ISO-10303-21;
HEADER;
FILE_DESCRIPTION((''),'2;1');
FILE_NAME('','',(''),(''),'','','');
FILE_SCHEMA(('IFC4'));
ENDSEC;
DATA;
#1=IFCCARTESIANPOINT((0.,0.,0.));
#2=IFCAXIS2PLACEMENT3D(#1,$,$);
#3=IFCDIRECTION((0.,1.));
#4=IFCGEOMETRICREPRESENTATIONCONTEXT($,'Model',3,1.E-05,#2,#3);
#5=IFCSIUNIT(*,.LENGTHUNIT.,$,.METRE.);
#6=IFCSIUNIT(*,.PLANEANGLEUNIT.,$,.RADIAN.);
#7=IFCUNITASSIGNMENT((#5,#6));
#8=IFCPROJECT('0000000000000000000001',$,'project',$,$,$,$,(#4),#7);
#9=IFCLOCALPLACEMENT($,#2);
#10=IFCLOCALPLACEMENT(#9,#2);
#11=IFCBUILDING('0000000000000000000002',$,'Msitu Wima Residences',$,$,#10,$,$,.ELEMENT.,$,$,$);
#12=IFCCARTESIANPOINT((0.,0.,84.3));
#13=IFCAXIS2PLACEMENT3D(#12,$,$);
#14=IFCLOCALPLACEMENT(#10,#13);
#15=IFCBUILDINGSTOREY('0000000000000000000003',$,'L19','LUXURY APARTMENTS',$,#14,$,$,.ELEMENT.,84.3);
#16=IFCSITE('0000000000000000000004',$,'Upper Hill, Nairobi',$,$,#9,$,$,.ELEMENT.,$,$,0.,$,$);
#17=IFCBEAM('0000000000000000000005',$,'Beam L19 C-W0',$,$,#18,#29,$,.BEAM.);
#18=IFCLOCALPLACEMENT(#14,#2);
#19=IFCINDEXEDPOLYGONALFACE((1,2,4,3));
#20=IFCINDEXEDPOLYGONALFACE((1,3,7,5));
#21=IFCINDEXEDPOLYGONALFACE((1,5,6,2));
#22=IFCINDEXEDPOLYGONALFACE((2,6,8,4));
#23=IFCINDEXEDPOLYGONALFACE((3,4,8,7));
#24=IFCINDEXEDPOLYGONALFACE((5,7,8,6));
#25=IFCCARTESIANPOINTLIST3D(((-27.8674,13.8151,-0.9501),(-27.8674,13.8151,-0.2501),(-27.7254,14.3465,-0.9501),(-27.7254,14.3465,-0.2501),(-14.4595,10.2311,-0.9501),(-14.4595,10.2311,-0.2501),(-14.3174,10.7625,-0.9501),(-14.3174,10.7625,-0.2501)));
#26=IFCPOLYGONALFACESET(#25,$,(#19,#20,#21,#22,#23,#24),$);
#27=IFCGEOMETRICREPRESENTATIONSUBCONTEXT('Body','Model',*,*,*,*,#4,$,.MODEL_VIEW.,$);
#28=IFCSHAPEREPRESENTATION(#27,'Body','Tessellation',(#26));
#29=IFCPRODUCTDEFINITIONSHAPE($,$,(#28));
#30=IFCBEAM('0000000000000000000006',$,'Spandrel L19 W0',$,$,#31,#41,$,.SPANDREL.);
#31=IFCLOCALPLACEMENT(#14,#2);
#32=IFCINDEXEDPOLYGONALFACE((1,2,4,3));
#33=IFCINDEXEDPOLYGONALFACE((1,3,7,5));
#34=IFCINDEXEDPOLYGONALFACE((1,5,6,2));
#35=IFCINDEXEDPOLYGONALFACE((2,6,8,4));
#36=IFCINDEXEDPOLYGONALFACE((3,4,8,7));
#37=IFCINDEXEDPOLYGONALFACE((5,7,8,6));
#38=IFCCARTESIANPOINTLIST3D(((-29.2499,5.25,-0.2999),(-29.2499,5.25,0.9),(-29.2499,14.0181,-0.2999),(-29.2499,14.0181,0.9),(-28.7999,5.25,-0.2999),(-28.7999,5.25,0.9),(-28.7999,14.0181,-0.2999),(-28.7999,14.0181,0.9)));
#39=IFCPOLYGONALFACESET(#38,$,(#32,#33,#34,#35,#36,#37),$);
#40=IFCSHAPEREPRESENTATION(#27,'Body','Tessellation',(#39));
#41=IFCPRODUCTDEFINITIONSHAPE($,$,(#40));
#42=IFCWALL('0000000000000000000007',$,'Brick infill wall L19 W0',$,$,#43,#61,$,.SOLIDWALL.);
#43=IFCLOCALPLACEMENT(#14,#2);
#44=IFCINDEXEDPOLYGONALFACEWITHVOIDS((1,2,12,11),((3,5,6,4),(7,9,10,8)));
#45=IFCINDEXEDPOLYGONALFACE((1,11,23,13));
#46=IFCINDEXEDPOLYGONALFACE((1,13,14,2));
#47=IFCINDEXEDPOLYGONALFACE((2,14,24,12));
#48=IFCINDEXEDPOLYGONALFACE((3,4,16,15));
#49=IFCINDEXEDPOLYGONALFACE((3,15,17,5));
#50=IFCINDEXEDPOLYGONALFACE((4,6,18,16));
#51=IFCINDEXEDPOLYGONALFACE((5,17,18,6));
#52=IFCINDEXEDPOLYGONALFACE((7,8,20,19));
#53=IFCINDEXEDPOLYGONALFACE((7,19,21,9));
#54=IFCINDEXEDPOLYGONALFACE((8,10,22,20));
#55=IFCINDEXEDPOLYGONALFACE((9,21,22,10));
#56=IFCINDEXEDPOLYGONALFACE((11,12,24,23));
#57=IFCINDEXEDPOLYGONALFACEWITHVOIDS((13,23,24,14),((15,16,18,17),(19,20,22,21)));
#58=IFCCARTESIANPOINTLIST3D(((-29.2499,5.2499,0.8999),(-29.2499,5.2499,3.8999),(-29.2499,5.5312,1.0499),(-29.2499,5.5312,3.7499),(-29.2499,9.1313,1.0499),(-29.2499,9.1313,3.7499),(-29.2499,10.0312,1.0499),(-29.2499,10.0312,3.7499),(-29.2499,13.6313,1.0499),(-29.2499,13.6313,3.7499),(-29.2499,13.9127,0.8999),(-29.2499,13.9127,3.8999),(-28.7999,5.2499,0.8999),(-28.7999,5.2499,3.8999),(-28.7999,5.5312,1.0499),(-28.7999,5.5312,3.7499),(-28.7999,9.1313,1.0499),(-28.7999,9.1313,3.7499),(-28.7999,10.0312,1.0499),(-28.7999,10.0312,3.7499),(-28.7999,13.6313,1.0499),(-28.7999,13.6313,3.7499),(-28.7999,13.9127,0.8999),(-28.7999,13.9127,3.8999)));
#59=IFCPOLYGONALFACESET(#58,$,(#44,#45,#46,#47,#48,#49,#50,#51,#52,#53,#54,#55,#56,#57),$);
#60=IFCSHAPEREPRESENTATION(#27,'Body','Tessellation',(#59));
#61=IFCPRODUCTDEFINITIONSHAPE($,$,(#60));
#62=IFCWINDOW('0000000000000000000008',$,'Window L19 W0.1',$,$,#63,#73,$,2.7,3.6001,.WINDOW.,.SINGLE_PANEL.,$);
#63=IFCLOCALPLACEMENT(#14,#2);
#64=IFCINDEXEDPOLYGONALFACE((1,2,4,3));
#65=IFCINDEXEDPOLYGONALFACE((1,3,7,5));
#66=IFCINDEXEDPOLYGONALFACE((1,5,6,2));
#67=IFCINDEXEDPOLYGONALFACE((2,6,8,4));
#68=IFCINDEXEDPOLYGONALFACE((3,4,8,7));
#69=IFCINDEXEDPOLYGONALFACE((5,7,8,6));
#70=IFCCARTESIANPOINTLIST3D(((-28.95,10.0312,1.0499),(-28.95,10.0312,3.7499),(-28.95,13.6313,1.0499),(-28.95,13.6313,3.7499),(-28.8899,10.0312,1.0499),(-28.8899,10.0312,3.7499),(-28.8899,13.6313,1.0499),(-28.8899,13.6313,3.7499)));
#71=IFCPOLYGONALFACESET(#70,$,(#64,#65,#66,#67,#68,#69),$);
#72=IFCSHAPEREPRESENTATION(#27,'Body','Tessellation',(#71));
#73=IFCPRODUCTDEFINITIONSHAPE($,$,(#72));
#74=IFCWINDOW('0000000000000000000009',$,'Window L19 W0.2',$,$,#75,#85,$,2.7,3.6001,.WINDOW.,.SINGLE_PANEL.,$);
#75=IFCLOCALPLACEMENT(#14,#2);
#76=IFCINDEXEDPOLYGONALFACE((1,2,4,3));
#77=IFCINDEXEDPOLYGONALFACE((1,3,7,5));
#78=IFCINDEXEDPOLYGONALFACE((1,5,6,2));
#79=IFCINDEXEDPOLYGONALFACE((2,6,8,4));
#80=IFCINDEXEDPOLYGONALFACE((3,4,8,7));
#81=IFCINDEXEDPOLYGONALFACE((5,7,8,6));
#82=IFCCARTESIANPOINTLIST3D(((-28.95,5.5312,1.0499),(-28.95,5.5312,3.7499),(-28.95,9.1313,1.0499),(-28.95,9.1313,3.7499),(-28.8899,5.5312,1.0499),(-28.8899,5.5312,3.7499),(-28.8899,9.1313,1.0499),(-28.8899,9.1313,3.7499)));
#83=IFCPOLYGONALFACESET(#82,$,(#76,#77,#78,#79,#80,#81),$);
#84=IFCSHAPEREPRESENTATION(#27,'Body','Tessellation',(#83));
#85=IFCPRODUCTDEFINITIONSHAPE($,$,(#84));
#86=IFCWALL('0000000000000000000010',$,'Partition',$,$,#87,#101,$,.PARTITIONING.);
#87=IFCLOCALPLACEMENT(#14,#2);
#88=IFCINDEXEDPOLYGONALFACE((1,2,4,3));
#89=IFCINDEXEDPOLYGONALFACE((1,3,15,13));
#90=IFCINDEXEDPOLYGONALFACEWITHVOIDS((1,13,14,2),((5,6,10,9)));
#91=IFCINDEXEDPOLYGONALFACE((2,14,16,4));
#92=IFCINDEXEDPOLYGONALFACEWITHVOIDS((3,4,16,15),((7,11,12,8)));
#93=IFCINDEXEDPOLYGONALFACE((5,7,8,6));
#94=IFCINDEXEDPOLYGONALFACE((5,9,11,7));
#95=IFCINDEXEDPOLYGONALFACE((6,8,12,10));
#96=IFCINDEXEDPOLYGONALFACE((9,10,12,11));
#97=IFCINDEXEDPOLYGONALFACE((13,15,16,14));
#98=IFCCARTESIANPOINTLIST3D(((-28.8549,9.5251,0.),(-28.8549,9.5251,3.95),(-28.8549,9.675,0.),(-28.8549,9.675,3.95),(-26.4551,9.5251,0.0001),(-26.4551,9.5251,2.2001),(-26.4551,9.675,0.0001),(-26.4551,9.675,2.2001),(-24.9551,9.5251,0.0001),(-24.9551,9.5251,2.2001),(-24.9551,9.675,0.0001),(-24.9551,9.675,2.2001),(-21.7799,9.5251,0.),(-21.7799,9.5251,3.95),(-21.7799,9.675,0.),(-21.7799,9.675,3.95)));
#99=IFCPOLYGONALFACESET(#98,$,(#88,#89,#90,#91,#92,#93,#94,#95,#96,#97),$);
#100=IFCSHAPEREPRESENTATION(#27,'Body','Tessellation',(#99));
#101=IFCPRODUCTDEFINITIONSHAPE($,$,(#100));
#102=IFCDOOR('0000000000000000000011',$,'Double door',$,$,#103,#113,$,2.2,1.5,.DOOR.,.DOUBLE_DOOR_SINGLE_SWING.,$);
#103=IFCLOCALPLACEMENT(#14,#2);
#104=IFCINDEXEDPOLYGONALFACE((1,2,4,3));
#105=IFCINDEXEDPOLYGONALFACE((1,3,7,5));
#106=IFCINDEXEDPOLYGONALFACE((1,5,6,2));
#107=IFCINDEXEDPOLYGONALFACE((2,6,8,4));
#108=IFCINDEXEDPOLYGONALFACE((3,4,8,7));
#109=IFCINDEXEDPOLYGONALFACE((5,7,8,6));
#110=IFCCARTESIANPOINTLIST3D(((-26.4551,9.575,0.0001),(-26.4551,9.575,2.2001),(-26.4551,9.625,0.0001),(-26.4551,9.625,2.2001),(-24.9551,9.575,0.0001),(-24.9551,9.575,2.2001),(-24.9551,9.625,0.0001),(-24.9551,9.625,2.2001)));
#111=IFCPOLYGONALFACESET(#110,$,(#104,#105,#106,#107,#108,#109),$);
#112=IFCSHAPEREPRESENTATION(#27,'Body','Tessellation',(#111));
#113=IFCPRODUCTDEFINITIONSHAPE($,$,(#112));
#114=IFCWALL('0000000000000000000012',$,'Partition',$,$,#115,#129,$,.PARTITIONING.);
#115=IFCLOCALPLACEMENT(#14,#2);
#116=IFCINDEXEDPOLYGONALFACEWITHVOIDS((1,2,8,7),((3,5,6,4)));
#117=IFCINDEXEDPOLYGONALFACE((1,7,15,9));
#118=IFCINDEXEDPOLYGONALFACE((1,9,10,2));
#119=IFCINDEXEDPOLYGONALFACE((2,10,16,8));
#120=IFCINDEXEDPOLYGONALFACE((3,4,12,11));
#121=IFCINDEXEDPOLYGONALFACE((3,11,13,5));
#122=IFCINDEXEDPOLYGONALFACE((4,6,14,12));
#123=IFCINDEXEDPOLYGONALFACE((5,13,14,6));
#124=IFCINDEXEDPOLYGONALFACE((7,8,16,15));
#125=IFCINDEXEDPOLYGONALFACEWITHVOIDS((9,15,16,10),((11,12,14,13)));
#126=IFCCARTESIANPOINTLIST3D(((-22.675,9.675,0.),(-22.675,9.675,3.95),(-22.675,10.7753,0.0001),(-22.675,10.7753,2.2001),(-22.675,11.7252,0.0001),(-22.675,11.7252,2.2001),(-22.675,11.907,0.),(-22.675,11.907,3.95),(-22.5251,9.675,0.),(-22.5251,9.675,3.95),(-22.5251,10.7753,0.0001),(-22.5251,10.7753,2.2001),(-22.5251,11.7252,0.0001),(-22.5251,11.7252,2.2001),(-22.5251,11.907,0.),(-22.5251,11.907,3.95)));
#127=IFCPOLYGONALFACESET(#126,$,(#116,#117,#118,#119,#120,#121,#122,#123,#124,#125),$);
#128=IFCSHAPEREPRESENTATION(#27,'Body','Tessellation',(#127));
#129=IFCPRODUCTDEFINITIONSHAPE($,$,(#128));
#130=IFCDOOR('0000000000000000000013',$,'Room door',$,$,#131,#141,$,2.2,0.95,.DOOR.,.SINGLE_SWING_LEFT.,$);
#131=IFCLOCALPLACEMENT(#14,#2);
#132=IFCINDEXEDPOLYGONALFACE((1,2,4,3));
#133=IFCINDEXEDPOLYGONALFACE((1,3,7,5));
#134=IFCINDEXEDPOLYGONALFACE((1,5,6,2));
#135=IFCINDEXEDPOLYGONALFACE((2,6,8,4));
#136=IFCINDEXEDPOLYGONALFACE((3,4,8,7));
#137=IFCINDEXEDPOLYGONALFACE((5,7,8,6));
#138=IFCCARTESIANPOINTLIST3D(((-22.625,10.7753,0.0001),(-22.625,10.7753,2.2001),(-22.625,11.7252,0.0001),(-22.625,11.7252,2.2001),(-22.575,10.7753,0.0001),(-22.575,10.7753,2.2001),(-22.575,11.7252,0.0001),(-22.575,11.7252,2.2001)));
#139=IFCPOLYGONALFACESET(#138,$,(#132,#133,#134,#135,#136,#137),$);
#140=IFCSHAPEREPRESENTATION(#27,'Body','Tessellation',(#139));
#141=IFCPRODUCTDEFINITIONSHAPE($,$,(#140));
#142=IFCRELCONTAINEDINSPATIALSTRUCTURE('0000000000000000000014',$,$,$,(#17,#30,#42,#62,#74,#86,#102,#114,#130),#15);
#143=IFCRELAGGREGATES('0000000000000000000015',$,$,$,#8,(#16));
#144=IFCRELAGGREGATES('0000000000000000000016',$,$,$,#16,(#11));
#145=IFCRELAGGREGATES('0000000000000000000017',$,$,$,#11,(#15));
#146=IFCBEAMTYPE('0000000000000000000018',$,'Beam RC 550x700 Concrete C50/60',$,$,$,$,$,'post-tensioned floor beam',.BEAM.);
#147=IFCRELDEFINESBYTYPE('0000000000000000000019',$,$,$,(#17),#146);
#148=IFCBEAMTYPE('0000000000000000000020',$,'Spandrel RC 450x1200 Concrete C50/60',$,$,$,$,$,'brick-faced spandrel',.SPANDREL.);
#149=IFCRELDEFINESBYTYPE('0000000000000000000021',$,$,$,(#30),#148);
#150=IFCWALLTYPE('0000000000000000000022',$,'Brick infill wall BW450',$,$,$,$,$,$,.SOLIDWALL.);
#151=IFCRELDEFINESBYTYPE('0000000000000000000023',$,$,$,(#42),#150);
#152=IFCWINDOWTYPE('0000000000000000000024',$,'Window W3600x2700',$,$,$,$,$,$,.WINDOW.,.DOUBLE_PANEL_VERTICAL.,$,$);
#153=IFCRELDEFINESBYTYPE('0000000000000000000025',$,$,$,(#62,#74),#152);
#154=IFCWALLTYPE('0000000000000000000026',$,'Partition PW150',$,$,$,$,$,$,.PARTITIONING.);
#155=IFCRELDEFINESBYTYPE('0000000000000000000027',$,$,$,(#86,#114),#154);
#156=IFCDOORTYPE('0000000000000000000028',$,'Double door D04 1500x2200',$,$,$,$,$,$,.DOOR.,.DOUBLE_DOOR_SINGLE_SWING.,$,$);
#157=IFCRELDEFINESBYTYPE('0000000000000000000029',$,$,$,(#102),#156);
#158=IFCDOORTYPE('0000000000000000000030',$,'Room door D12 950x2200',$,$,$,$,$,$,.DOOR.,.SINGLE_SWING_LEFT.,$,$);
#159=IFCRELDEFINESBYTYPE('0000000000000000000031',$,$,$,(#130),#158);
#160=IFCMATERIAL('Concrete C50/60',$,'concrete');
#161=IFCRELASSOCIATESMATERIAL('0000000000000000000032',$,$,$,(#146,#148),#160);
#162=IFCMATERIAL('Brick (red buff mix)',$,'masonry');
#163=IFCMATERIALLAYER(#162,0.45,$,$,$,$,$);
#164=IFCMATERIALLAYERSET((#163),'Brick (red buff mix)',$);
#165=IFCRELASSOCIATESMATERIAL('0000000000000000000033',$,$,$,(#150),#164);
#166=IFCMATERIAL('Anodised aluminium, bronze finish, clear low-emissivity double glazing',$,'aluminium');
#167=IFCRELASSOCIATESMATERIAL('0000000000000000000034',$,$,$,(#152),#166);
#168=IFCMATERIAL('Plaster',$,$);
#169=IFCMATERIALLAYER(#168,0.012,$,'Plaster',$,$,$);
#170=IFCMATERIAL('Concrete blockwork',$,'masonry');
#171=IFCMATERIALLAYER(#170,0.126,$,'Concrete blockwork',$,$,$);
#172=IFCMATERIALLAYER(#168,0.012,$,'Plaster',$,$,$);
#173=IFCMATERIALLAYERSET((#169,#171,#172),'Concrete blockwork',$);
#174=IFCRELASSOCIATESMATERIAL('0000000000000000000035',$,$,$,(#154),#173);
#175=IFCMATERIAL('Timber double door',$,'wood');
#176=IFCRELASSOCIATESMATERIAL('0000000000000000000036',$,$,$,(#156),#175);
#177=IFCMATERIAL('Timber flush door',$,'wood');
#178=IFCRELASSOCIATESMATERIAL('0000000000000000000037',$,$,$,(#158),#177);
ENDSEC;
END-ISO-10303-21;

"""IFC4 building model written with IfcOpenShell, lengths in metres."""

from ifc_helpers import new_model, si_unit, direction, frame, frame_2d, origin, origin_2d, place, context, subcontext, project, spatial, rectangle, extrude, material, layer, layer_set, material_profile, profile_set, type_object, element, fill, save


model = new_model("IFC4")

# Units and contexts
model_context = context("Model", 3, precision=1e-05, world=origin(), true_north=direction((0.0, 1.0)))
body_context = subcontext(model_context, "Body", "Model", "MODEL_VIEW")
ifc_project = project(units=[si_unit("LENGTHUNIT", "METRE"), si_unit("PLANEANGLEUNIT", "RADIAN")], contexts=[model_context])

# Site, building, storey
site_placement = place(None, origin())
site = spatial("IfcSite", under=ifc_project, at=site_placement, Name="Upper Hill, Nairobi", CompositionType="ELEMENT", RefElevation=0.0)
building_placement = place(site_placement, origin())
building = spatial("IfcBuilding", under=site, at=building_placement, Name="Msitu Wima Residences", CompositionType="ELEMENT")
storey_placement = place(building_placement, frame((0.0, 0.0, 84.3)))
storey = spatial("IfcBuildingStorey", under=building, at=storey_placement, Name="L19", Description="LUXURY APARTMENTS", CompositionType="ELEMENT", Elevation=84.3)

# Beams
ifc_material_1 = material(Name="Concrete C50/60", Category="concrete")
ifc_material_profile_1 = material_profile(ifc_material_1, rectangle(XDim=0.55, YDim=0.7, at=origin_2d()), Name="RC 550x700")
ifc_profile_set_1 = profile_set([ifc_material_profile_1], Name="Concrete C50/60")
beam_type_1 = type_object("IfcBeamType", Name="Beam RC 550x700 Concrete C50/60", ElementType="post-tensioned floor beam", PredefinedType="BEAM", material=ifc_profile_set_1)
beam_1_placement = place(storey_placement, frame((-27.7964, 14.0808, -0.6001), z_axis=(0.966082, -0.258236, 0.0), x_axis=(0.258236, 0.966082, 0.0)))
element("IfcBeam", 1, at=beam_1_placement, inside=storey, type_object=beam_type_1, Name="Beam L19 C-W0", PredefinedType="BEAM", context=body_context, shape_type="SweptSolid", body=[
    extrude(rectangle(XDim=0.55, YDim=0.7, at=origin_2d()), origin(), (0.0, 0.0, 1.0), 13.8787),
])
ifc_material_profile_2 = material_profile(ifc_material_1, rectangle(XDim=0.45, YDim=1.2, at=origin_2d()), Name="RC 450x1200")
ifc_profile_set_2 = profile_set([ifc_material_profile_2], Name="Concrete C50/60")
beam_type_2 = type_object("IfcBeamType", Name="Spandrel RC 450x1200 Concrete C50/60", ElementType="brick-faced spandrel", PredefinedType="SPANDREL", material=ifc_profile_set_2)
beam_2_placement = place(storey_placement, frame((-29.0249, 14.0181, 0.3), z_axis=(0.0, -1.0, 0.0), x_axis=(1.0, 0.0, 0.0)))
element("IfcBeam", 2, at=beam_2_placement, inside=storey, type_object=beam_type_2, Name="Spandrel L19 W0", PredefinedType="SPANDREL", context=body_context, shape_type="SweptSolid", body=[
    extrude(rectangle(XDim=0.45, YDim=1.2, at=origin_2d()), origin(), (0.0, 0.0, 1.0), 8.7681),
])

# Wall, openings, windows
ifc_material_2 = material(Name="Brick (red buff mix)", Category="masonry")
ifc_layer_1 = layer(ifc_material_2, 0.45)
ifc_layer_set_1 = layer_set([ifc_layer_1], Name="Brick (red buff mix)")
wall_type_1 = type_object("IfcWallType", Name="Brick infill wall BW450", PredefinedType="SOLIDWALL", material=ifc_layer_set_1)
wall_1_placement = place(storey_placement, frame((-29.0249, 13.9128, 0.8999), z_axis=(0.0, 0.0, 1.0), x_axis=(0.0, -1.0, 0.0)))
wall_1 = element("IfcWall", 3, at=wall_1_placement, inside=storey, type_object=wall_type_1, Name="Brick infill wall L19 W0", PredefinedType="SOLIDWALL", context=body_context, shape_type="SweptSolid", body=[
    extrude(rectangle(XDim=8.6628, YDim=0.45, at=frame_2d((4.3315, 0.0))), origin(), (0.0, 0.0, 1.0), 3.0),
])
opening_1_placement = place(wall_1_placement, frame((0.2815, 0.0, 0.1499)))
opening_1 = element("IfcOpeningElement", 4, at=opening_1_placement, cuts=wall_1, PredefinedType="OPENING", context=body_context, shape_type="SweptSolid", body=[
    extrude(rectangle(XDim=3.6001, YDim=2.7, at=frame_2d((1.8, 1.3501))), frame((0.0, 0.2349, 0.0), z_axis=(0.0, -1.0, 0.0), x_axis=(1.0, 0.0, 0.0)), (0.0, 0.0, 1.0), 0.47),
])
opening_2_placement = place(wall_1_placement, frame((4.7815, 0.0, 0.1499)))
opening_2 = element("IfcOpeningElement", 5, at=opening_2_placement, cuts=wall_1, PredefinedType="OPENING", context=body_context, shape_type="SweptSolid", body=[
    extrude(rectangle(XDim=3.6001, YDim=2.7, at=frame_2d((1.8, 1.3501))), frame((0.0, 0.2349, 0.0), z_axis=(0.0, -1.0, 0.0), x_axis=(1.0, 0.0, 0.0)), (0.0, 0.0, 1.0), 0.47),
])
ifc_material_3 = material(Name="Anodised aluminium, bronze finish, clear low-emissivity double glazing", Category="aluminium")
window_type = type_object("IfcWindowType", Name="Window W3600x2700", PartitioningType="DOUBLE_PANEL_VERTICAL", PredefinedType="WINDOW", material=ifc_material_3)
window_1_placement = place(opening_1_placement, origin())
window_1 = element("IfcWindow", 6, at=window_1_placement, inside=storey, type_object=window_type, Name="Window L19 W0.1", OverallHeight=2.7, OverallWidth=3.6001, PartitioningType="SINGLE_PANEL", PredefinedType="WINDOW", context=body_context, shape_type="SweptSolid", body=[
    extrude(rectangle(XDim=3.6001, YDim=2.7, at=frame_2d((1.8, 1.3501))), frame((0.0, 0.135, 0.0), z_axis=(0.0, -1.0, 0.0), x_axis=(1.0, 0.0, 0.0)), (0.0, 0.0, 1.0), 0.0601),
])
fill(opening_1, window_1)
window_2_placement = place(opening_2_placement, origin())
window_2 = element("IfcWindow", 7, at=window_2_placement, inside=storey, type_object=window_type, Name="Window L19 W0.2", OverallHeight=2.7, OverallWidth=3.6001, PartitioningType="SINGLE_PANEL", PredefinedType="WINDOW", context=body_context, shape_type="SweptSolid", body=[
    extrude(rectangle(XDim=3.6001, YDim=2.7, at=frame_2d((1.8, 1.3501))), frame((0.0, 0.135, 0.0), z_axis=(0.0, -1.0, 0.0), x_axis=(1.0, 0.0, 0.0)), (0.0, 0.0, 1.0), 0.0601),
])
fill(opening_2, window_2)

# Walls, openings, doors
ifc_material_4 = material(Name="Plaster")
ifc_layer_2 = layer(ifc_material_4, 0.012, Name="Plaster")
ifc_material_5 = material(Name="Concrete blockwork", Category="masonry")
ifc_layer_3 = layer(ifc_material_5, 0.126, Name="Concrete blockwork")
ifc_layer_4 = layer(ifc_material_4, 0.012, Name="Plaster")
ifc_layer_set_2 = layer_set([ifc_layer_2, ifc_layer_3, ifc_layer_4], Name="Concrete blockwork")
wall_type_2 = type_object("IfcWallType", Name="Partition PW150", PredefinedType="PARTITIONING", material=ifc_layer_set_2)
wall_2_placement = place(storey_placement, frame((-28.855, 9.6001, 0.0), z_axis=(0.0, 0.0, 1.0), x_axis=(1.0, 0.0, 0.0)))
wall_2 = element("IfcWall", 8, at=wall_2_placement, inside=storey, type_object=wall_type_2, Name="Partition", PredefinedType="PARTITIONING", context=body_context, shape_type="SweptSolid", body=[
    extrude(rectangle(XDim=7.075, YDim=0.1499, at=frame_2d((3.5376, 0.0))), origin(), (0.0, 0.0, 1.0), 3.95),
])
opening_3_placement = place(wall_2_placement, frame((2.3999, 0.0, 0.0)))
opening_3 = element("IfcOpeningElement", 9, at=opening_3_placement, cuts=wall_2, PredefinedType="OPENING", context=body_context, shape_type="SweptSolid", body=[
    extrude(rectangle(XDim=1.5, YDim=2.2, at=frame_2d((0.75, 1.1001))), frame((0.0, 0.085, 0.0), z_axis=(0.0, -1.0, 0.0), x_axis=(1.0, 0.0, 0.0)), (0.0, 0.0, 1.0), 0.1699),
])
ifc_material_6 = material(Name="Timber double door", Category="wood")
door_type_1 = type_object("IfcDoorType", Name="Double door D04 1500x2200", OperationType="DOUBLE_DOOR_SINGLE_SWING", PredefinedType="DOOR", material=ifc_material_6)
door_1_placement = place(opening_3_placement, origin())
door_1 = element("IfcDoor", 10, at=door_1_placement, inside=storey, type_object=door_type_1, Name="Double door", OperationType="DOUBLE_DOOR_SINGLE_SWING", OverallHeight=2.2, OverallWidth=1.5, PredefinedType="DOOR", context=body_context, shape_type="SweptSolid", body=[
    extrude(rectangle(XDim=1.5, YDim=2.2, at=frame_2d((0.75, 1.1001))), frame((0.0, 0.0249, 0.0), z_axis=(0.0, -1.0, 0.0), x_axis=(1.0, 0.0, 0.0)), (0.0, 0.0, 1.0), 0.05),
])
fill(opening_3, door_1)
wall_3_placement = place(storey_placement, frame((-22.6001, 9.675, 0.0), z_axis=(0.0, 0.0, 1.0), x_axis=(0.0, 1.0, 0.0)))
wall_3 = element("IfcWall", 11, at=wall_3_placement, inside=storey, type_object=wall_type_2, Name="Partition", PredefinedType="PARTITIONING", context=body_context, shape_type="SweptSolid", body=[
    extrude(rectangle(XDim=2.2319, YDim=0.1499, at=frame_2d((1.116, 0.0))), origin(), (0.0, 0.0, 1.0), 3.95),
])
opening_4_placement = place(wall_3_placement, frame((1.1001, 0.0, 0.0)))
opening_4 = element("IfcOpeningElement", 12, at=opening_4_placement, cuts=wall_3, PredefinedType="OPENING", context=body_context, shape_type="SweptSolid", body=[
    extrude(rectangle(XDim=0.95, YDim=2.2, at=frame_2d((0.4751, 1.1001))), frame((0.0, 0.085, 0.0), z_axis=(0.0, -1.0, 0.0), x_axis=(1.0, 0.0, 0.0)), (0.0, 0.0, 1.0), 0.1699),
])
ifc_material_7 = material(Name="Timber flush door", Category="wood")
door_type_2 = type_object("IfcDoorType", Name="Room door D12 950x2200", OperationType="SINGLE_SWING_LEFT", PredefinedType="DOOR", material=ifc_material_7)
door_2_placement = place(opening_4_placement, origin())
door_2 = element("IfcDoor", 13, at=door_2_placement, inside=storey, type_object=door_type_2, Name="Room door", OperationType="SINGLE_SWING_LEFT", OverallHeight=2.2, OverallWidth=0.95, PredefinedType="DOOR", context=body_context, shape_type="SweptSolid", body=[
    extrude(rectangle(XDim=0.95, YDim=2.2, at=frame_2d((0.4751, 1.1001))), frame((0.0, 0.0249, 0.0), z_axis=(0.0, -1.0, 0.0), x_axis=(1.0, 0.0, 0.0)), (0.0, 0.0, 1.0), 0.05),
])
fill(opening_4, door_2)

save(model, "model.ifc")
